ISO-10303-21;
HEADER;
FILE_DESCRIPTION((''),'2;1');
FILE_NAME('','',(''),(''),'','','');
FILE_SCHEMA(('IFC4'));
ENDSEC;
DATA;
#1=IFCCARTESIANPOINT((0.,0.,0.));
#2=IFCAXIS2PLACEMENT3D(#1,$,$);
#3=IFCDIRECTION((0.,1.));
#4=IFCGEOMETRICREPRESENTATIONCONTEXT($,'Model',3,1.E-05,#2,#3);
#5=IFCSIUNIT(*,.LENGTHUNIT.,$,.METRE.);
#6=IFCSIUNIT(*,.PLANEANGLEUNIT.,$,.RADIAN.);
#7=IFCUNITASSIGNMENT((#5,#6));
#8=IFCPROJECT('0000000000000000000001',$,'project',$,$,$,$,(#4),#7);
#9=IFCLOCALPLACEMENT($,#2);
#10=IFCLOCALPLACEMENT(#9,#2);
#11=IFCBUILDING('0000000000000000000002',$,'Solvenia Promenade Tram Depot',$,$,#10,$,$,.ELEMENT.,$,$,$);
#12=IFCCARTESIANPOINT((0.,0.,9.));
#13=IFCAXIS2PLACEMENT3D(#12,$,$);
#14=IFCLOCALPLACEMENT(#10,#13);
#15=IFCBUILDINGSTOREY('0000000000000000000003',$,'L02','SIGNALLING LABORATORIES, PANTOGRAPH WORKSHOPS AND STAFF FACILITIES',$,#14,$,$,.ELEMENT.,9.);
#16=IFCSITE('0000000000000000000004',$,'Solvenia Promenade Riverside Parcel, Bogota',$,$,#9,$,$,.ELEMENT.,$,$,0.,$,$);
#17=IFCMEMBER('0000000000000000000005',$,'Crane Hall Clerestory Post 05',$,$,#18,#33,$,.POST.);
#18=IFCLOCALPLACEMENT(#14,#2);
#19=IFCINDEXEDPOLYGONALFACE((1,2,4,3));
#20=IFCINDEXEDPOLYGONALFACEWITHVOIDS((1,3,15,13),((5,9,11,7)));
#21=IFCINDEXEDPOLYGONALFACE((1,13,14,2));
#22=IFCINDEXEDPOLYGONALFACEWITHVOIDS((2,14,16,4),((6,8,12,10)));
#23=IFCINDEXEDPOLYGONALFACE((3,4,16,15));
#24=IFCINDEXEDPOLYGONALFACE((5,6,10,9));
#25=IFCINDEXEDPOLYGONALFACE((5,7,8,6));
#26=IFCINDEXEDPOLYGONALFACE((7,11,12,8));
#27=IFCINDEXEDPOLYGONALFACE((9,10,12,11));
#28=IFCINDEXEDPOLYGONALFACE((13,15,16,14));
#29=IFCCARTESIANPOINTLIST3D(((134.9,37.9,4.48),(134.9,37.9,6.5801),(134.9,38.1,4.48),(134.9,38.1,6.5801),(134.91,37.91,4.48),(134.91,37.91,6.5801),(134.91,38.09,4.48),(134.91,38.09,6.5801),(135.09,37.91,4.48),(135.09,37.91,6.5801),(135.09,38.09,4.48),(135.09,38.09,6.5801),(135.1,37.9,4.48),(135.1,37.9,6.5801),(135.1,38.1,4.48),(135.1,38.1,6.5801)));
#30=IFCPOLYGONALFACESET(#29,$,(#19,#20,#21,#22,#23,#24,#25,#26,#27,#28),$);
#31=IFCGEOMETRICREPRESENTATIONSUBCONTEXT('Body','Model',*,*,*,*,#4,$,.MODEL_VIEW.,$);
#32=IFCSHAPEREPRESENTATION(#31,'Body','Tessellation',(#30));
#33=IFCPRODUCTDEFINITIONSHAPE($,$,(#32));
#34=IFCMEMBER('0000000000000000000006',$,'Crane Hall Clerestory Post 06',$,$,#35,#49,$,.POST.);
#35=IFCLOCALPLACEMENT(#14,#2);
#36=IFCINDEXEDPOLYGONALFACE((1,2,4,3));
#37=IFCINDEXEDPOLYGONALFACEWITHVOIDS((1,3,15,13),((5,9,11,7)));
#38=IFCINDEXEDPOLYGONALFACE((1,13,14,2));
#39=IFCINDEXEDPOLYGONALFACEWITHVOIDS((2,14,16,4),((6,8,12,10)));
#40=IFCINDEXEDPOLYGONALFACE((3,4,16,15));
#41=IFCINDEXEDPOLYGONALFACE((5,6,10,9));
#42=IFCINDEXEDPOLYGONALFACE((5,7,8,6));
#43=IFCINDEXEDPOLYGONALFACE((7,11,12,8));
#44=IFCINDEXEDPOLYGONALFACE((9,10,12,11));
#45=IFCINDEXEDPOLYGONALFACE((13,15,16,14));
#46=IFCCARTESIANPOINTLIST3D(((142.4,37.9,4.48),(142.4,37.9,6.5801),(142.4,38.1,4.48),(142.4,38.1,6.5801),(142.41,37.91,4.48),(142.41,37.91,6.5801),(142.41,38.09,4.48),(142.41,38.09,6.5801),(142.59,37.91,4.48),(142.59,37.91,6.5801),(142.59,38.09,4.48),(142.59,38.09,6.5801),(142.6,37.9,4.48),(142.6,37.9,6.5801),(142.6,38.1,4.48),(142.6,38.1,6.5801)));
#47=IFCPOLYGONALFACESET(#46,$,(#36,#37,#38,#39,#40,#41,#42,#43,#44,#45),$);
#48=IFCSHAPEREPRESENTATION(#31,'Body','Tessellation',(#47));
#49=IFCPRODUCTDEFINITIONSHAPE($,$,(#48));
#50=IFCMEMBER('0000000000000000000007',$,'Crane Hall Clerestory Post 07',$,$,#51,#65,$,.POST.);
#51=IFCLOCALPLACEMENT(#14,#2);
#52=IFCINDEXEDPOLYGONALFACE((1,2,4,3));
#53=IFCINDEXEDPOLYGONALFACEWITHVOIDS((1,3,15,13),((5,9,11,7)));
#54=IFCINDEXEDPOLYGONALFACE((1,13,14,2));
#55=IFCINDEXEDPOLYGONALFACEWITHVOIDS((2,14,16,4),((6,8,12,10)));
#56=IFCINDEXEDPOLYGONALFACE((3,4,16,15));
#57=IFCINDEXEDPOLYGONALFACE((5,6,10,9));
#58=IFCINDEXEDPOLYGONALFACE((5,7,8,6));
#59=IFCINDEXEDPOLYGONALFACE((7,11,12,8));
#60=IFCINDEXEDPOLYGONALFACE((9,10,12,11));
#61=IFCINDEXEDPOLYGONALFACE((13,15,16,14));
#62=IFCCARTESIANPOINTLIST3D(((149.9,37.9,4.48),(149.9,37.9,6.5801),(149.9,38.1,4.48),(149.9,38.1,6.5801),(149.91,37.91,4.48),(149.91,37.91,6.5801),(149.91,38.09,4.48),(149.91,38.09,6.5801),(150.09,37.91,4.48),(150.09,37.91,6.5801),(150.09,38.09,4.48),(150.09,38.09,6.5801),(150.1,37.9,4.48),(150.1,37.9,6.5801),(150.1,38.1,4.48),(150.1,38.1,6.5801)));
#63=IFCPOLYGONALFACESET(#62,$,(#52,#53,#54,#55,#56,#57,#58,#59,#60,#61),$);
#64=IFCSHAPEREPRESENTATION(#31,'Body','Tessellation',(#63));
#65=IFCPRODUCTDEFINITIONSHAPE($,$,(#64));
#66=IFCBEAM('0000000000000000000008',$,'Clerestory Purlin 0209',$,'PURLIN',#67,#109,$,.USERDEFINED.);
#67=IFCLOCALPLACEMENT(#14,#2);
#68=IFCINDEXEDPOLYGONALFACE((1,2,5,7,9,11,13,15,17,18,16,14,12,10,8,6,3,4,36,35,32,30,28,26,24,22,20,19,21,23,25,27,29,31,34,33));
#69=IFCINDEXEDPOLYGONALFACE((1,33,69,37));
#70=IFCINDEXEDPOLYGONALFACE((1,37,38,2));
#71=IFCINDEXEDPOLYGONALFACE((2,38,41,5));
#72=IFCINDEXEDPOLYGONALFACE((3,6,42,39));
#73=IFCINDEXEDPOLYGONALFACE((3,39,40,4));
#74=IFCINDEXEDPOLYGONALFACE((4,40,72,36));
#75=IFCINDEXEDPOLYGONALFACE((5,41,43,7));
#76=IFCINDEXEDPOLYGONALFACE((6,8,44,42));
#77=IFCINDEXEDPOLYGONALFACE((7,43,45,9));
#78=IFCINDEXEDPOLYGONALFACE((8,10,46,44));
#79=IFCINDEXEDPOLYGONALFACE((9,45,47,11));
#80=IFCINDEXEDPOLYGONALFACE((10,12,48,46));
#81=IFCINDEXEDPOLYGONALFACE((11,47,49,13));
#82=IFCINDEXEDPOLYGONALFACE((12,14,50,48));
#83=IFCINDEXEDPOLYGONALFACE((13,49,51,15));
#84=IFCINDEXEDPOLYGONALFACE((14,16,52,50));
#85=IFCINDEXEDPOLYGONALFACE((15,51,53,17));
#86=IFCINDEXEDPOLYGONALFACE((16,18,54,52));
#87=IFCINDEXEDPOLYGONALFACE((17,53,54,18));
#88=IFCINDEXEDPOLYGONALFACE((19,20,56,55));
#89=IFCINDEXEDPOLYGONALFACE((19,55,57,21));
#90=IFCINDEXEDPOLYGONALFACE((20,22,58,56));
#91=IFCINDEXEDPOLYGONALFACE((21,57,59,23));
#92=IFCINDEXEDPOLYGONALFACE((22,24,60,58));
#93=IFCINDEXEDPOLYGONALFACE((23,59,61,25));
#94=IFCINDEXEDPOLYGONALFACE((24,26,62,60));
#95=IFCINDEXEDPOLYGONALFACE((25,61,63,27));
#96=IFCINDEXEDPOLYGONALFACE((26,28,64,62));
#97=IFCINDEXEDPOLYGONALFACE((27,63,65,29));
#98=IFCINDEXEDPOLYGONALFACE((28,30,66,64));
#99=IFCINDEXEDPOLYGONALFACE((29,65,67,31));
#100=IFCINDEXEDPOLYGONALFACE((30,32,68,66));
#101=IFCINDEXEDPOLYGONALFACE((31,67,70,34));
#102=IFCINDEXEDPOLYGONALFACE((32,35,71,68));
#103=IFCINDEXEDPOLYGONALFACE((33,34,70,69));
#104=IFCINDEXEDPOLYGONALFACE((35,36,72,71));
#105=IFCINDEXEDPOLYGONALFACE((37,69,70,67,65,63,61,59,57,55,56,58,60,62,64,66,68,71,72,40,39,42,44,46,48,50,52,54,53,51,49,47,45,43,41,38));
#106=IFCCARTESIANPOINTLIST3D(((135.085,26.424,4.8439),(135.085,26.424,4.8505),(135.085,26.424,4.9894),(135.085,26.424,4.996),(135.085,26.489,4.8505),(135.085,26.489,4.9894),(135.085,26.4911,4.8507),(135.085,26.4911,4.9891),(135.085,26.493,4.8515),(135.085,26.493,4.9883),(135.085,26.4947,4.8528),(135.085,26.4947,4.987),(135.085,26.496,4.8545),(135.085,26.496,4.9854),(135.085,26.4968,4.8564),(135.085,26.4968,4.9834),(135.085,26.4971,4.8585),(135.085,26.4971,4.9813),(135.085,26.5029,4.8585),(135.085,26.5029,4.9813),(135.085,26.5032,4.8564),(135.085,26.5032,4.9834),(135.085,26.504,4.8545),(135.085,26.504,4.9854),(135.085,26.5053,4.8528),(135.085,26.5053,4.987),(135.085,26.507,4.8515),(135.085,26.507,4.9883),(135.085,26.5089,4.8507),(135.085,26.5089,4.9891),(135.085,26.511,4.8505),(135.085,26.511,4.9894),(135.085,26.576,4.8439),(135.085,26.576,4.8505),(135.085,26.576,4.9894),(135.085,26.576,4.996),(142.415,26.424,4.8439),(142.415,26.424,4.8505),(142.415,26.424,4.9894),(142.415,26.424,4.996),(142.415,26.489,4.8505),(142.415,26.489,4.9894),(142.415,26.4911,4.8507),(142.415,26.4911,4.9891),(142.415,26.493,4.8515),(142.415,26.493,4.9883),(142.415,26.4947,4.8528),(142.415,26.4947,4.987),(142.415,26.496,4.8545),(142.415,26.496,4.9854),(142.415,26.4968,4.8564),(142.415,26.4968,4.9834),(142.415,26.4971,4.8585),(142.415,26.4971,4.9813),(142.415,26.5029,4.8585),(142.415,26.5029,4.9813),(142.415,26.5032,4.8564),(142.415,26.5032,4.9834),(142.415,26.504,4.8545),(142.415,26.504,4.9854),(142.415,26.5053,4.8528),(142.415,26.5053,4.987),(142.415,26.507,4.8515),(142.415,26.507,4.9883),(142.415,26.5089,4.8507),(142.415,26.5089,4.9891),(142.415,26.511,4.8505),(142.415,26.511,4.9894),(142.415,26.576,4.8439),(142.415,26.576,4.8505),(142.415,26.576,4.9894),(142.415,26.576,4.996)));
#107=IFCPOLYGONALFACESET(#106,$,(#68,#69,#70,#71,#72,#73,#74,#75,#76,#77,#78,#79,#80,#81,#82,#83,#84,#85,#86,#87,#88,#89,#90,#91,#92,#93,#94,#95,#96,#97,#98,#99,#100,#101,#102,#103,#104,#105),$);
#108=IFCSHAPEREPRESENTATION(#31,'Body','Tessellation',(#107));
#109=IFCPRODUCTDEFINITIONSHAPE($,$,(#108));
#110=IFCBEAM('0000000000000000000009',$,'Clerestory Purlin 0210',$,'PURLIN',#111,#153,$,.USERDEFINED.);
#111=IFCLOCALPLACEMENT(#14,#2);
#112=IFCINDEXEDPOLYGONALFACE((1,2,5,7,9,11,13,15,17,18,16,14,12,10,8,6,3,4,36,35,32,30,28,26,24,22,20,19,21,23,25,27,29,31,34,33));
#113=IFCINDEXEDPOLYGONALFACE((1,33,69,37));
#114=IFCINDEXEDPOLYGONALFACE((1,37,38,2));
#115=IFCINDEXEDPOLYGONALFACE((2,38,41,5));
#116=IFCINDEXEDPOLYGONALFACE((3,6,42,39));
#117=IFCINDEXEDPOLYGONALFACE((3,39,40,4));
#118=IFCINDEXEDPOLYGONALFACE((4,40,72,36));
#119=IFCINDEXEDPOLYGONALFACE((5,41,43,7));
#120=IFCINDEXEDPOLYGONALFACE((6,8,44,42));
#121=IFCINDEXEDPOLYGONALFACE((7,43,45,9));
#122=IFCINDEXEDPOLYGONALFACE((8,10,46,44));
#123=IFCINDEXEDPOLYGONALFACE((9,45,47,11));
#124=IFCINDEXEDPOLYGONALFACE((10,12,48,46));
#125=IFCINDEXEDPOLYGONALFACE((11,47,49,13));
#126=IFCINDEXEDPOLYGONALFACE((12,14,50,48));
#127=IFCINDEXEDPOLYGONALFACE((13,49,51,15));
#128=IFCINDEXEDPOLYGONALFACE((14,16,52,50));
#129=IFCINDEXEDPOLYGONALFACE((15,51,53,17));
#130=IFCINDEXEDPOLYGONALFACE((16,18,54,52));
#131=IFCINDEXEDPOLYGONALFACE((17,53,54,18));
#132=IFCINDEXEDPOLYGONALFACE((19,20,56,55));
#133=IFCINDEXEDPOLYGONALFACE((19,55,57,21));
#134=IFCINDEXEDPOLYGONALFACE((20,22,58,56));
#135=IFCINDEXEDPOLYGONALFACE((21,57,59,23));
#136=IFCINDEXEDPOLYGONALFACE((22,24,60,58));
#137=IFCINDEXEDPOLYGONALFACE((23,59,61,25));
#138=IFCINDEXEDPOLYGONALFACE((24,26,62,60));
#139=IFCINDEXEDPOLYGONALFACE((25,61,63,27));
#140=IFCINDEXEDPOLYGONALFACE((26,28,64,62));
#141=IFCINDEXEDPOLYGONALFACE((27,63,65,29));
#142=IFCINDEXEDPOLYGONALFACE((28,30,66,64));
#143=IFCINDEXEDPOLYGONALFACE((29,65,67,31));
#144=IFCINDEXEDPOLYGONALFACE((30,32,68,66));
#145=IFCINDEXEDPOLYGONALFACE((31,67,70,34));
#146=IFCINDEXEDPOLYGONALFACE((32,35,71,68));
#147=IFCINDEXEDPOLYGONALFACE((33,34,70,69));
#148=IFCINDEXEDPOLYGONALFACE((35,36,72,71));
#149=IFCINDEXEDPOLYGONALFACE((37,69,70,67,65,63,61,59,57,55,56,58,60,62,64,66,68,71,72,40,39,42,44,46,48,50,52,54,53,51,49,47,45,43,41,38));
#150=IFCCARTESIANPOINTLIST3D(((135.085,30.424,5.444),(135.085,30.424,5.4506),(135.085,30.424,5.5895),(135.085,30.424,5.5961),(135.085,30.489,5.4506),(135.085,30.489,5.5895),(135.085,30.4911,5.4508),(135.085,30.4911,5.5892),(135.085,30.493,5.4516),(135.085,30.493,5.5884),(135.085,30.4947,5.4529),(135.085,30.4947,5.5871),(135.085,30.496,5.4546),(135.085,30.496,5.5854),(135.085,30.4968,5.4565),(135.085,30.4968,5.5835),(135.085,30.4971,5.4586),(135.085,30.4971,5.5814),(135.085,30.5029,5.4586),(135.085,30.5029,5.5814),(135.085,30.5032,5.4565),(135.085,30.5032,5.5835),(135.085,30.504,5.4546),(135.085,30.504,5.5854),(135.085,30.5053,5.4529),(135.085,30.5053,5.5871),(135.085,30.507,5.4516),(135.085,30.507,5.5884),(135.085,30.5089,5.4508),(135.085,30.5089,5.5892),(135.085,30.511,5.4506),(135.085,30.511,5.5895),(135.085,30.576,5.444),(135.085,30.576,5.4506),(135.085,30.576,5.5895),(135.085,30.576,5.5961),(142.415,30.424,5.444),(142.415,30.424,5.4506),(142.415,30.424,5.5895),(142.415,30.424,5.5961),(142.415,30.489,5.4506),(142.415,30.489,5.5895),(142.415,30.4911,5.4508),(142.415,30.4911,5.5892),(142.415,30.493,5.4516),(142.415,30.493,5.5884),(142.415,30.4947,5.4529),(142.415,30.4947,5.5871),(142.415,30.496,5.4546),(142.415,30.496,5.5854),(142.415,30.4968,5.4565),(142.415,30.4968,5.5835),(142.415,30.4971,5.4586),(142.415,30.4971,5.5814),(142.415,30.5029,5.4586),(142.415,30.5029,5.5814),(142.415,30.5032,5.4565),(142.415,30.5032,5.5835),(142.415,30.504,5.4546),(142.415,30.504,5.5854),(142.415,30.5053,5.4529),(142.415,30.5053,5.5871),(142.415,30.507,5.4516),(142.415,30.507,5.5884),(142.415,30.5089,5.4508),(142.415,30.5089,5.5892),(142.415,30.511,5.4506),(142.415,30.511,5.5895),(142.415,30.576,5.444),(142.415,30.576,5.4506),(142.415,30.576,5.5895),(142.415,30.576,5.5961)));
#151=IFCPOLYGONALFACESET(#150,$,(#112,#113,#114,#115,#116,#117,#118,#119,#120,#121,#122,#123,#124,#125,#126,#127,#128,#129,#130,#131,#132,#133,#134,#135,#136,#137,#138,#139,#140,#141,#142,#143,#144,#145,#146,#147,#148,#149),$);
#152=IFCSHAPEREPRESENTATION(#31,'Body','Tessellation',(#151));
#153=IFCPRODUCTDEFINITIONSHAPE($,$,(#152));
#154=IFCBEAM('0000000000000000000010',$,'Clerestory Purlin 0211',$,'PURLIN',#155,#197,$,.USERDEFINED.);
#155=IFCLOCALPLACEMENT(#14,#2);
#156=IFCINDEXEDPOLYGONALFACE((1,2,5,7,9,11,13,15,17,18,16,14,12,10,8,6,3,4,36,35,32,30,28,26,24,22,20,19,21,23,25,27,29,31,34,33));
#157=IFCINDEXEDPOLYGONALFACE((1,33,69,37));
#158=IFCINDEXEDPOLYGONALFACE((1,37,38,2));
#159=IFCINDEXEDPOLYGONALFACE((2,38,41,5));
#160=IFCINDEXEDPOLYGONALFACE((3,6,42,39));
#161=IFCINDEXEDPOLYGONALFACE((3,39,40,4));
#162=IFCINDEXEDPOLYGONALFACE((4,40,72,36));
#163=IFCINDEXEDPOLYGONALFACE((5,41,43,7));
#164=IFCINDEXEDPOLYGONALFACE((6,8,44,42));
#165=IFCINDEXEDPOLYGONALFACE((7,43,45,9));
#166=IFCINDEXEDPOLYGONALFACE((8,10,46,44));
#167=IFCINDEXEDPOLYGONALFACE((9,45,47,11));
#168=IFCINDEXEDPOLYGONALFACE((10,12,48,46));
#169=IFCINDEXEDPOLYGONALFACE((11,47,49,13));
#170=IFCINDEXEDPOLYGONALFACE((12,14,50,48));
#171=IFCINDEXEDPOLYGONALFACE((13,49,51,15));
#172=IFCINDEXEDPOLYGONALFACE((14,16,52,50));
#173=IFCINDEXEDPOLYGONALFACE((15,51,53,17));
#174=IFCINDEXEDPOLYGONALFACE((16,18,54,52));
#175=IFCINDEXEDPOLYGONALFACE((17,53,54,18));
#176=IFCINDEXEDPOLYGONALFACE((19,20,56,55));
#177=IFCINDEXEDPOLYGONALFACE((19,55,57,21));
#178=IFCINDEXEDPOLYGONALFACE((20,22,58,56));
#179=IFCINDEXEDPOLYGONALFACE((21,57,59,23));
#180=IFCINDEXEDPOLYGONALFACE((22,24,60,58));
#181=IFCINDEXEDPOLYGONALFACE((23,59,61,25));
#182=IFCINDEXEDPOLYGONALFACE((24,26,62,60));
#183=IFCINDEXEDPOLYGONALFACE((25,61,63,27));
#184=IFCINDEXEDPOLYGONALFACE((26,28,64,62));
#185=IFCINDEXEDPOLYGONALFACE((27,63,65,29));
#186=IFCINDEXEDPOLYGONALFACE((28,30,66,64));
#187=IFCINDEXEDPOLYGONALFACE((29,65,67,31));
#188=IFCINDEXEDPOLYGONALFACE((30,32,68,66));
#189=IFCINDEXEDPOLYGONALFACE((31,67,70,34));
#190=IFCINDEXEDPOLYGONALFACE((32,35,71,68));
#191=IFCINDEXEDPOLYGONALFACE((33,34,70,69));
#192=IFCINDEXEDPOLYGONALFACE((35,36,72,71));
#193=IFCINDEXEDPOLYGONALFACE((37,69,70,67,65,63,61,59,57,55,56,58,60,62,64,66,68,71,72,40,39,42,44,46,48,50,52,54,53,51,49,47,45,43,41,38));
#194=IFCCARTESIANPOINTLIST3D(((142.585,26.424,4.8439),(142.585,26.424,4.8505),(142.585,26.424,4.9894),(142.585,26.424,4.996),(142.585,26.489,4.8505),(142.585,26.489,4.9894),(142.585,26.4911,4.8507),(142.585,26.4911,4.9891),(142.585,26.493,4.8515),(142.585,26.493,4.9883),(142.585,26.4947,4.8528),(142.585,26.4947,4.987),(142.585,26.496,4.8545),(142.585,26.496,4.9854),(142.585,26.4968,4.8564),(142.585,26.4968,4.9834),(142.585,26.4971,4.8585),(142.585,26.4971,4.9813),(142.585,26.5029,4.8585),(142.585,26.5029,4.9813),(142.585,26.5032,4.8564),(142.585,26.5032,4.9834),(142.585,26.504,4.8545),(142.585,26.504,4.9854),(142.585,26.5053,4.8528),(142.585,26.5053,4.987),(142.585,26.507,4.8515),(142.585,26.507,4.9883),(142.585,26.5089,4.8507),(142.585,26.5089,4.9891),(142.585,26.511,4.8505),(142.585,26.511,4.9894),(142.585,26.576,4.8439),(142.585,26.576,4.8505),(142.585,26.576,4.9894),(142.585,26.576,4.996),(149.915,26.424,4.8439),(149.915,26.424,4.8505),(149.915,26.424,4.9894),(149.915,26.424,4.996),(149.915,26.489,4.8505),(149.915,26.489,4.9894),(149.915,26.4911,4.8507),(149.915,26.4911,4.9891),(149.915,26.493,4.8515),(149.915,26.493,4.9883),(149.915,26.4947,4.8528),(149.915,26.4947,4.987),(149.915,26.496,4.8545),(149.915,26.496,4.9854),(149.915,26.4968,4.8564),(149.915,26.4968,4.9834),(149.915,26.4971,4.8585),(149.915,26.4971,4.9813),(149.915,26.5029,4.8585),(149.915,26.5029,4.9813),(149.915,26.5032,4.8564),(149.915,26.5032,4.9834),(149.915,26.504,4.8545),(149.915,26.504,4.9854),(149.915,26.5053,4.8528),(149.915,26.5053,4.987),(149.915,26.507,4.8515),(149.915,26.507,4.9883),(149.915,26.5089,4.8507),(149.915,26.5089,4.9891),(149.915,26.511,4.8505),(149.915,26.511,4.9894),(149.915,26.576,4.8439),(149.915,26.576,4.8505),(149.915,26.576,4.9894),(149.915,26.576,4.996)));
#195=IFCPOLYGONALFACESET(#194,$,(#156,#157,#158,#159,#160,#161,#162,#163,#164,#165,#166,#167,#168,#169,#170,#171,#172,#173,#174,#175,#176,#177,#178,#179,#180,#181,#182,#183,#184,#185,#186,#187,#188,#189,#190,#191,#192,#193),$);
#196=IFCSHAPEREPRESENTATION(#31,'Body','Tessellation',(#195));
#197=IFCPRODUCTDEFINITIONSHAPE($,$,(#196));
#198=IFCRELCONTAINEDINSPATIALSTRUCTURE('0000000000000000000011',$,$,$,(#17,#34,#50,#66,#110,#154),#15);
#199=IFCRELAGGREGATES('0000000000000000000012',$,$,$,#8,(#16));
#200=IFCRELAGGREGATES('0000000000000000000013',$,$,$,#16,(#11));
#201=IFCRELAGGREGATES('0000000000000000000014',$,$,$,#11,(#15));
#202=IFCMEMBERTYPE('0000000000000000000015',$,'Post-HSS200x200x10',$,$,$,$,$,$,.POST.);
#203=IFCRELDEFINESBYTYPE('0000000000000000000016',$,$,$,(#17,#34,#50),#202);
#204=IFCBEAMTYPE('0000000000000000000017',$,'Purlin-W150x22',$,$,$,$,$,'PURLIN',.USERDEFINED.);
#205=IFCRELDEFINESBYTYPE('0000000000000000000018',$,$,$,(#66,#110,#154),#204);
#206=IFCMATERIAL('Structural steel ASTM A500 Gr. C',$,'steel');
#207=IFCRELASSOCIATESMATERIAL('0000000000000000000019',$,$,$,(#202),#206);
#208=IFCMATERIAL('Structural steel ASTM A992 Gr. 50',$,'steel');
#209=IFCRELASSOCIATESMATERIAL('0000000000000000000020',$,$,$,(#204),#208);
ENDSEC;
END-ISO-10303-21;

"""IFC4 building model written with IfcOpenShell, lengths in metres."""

from ifc_helpers import new_model, si_unit, direction, frame, origin, origin_2d, place, context, subcontext, project, spatial, hollow_rectangle, i_section, extrude, material, material_profile, profile_set, type_object, element, save


model = new_model("IFC4")

# Units and contexts
model_context = context("Model", 3, precision=1e-05, world=origin(), true_north=direction((0.0, 1.0)))
body_context = subcontext(model_context, "Body", "Model", "MODEL_VIEW")
ifc_project = project(units=[si_unit("LENGTHUNIT", "METRE"), si_unit("PLANEANGLEUNIT", "RADIAN")], contexts=[model_context])

# Site, building, storey
site_placement = place(None, origin())
site = spatial("IfcSite", under=ifc_project, at=site_placement, Name="Solvenia Promenade Riverside Parcel, Bogota", CompositionType="ELEMENT", RefElevation=0.0)
building_placement = place(site_placement, origin())
building = spatial("IfcBuilding", under=site, at=building_placement, Name="Solvenia Promenade Tram Depot", CompositionType="ELEMENT")
storey_placement = place(building_placement, frame((0.0, 0.0, 9.0)))
storey = spatial("IfcBuildingStorey", under=building, at=storey_placement, Name="L02", Description="SIGNALLING LABORATORIES, PANTOGRAPH WORKSHOPS AND STAFF FACILITIES", CompositionType="ELEMENT", Elevation=9.0)

# Shared definitions
ifc_material_1 = material(Name="Structural steel ASTM A992 Gr. 50", Category="steel")

# Shared definitions
ifc_material_2 = material(Name="Structural steel ASTM A500 Gr. C", Category="steel")

# Members
ifc_material_profile_1 = material_profile(ifc_material_2, hollow_rectangle(XDim=0.2, YDim=0.2, WallThickness=0.01, at=origin_2d()), Name="HSS200x200x10", Category="steel")
ifc_profile_set_1 = profile_set([ifc_material_profile_1], Name="Structural steel ASTM A500 Gr. C")
member_type_1 = type_object("IfcMemberType", Name="Post-HSS200x200x10", PredefinedType="POST", material=ifc_profile_set_1)
for number, where, z_axis, x_axis, name in (
    (1, (135.0, 38.0, 4.48), (0.0, 0.0, 1.0), (1.0, 0.0, 0.0), "Crane Hall Clerestory Post 05"),
    (2, (142.5, 38.0, 4.48), (0.0, 0.0, 1.0), (1.0, 0.0, 0.0), "Crane Hall Clerestory Post 06"),
    (3, (150.0, 38.0, 4.48), (0.0, 0.0, 1.0), (1.0, 0.0, 0.0), "Crane Hall Clerestory Post 07"),
):
    element("IfcMember", number, at=place(storey_placement, frame(where, z_axis=z_axis, x_axis=x_axis)), inside=storey, type_object=member_type_1, Name=name, PredefinedType="POST", context=body_context, shape_type="SweptSolid", body=[
        extrude(hollow_rectangle(XDim=0.2, YDim=0.2, WallThickness=0.01, at=origin_2d()), origin(), (0.0, 0.0, 1.0), 2.1001),
    ])

# Beams
ifc_material_profile_2 = material_profile(ifc_material_1, i_section(OverallWidth=0.1521, OverallDepth=0.1521, WebThickness=0.0059, FlangeThickness=0.0066, FilletRadius=0.0081, at=origin_2d()), Name="W150x22", Category="steel")
ifc_profile_set_2 = profile_set([ifc_material_profile_2], Name="Structural steel ASTM A992 Gr. 50")
beam_type_1 = type_object("IfcBeamType", Name="Purlin-W150x22", ElementType="PURLIN", PredefinedType="USERDEFINED", material=ifc_profile_set_2)
for number, where, z_axis, x_axis, name in (
    (4, (135.085, 26.5, 4.9199), (1.0, 0.0, 0.0), (0.0, 1.0, 0.0), "Clerestory Purlin 0209"),
    (5, (135.085, 30.5, 5.52), (1.0, 0.0, 0.0), (0.0, 1.0, 0.0), "Clerestory Purlin 0210"),
    (6, (142.585, 26.5, 4.9199), (1.0, 0.0, 0.0), (0.0, 1.0, 0.0), "Clerestory Purlin 0211"),
):
    element("IfcBeam", number, at=place(storey_placement, frame(where, z_axis=z_axis, x_axis=x_axis)), inside=storey, type_object=beam_type_1, Name=name, ObjectType="PURLIN", PredefinedType="USERDEFINED", context=body_context, shape_type="SweptSolid", body=[
        extrude(i_section(OverallWidth=0.1521, OverallDepth=0.1521, WebThickness=0.0059, FlangeThickness=0.0066, FilletRadius=0.0081, at=origin_2d()), origin(), (0.0, 0.0, 1.0), 7.3301),
    ])

save(model, "model.ifc")
